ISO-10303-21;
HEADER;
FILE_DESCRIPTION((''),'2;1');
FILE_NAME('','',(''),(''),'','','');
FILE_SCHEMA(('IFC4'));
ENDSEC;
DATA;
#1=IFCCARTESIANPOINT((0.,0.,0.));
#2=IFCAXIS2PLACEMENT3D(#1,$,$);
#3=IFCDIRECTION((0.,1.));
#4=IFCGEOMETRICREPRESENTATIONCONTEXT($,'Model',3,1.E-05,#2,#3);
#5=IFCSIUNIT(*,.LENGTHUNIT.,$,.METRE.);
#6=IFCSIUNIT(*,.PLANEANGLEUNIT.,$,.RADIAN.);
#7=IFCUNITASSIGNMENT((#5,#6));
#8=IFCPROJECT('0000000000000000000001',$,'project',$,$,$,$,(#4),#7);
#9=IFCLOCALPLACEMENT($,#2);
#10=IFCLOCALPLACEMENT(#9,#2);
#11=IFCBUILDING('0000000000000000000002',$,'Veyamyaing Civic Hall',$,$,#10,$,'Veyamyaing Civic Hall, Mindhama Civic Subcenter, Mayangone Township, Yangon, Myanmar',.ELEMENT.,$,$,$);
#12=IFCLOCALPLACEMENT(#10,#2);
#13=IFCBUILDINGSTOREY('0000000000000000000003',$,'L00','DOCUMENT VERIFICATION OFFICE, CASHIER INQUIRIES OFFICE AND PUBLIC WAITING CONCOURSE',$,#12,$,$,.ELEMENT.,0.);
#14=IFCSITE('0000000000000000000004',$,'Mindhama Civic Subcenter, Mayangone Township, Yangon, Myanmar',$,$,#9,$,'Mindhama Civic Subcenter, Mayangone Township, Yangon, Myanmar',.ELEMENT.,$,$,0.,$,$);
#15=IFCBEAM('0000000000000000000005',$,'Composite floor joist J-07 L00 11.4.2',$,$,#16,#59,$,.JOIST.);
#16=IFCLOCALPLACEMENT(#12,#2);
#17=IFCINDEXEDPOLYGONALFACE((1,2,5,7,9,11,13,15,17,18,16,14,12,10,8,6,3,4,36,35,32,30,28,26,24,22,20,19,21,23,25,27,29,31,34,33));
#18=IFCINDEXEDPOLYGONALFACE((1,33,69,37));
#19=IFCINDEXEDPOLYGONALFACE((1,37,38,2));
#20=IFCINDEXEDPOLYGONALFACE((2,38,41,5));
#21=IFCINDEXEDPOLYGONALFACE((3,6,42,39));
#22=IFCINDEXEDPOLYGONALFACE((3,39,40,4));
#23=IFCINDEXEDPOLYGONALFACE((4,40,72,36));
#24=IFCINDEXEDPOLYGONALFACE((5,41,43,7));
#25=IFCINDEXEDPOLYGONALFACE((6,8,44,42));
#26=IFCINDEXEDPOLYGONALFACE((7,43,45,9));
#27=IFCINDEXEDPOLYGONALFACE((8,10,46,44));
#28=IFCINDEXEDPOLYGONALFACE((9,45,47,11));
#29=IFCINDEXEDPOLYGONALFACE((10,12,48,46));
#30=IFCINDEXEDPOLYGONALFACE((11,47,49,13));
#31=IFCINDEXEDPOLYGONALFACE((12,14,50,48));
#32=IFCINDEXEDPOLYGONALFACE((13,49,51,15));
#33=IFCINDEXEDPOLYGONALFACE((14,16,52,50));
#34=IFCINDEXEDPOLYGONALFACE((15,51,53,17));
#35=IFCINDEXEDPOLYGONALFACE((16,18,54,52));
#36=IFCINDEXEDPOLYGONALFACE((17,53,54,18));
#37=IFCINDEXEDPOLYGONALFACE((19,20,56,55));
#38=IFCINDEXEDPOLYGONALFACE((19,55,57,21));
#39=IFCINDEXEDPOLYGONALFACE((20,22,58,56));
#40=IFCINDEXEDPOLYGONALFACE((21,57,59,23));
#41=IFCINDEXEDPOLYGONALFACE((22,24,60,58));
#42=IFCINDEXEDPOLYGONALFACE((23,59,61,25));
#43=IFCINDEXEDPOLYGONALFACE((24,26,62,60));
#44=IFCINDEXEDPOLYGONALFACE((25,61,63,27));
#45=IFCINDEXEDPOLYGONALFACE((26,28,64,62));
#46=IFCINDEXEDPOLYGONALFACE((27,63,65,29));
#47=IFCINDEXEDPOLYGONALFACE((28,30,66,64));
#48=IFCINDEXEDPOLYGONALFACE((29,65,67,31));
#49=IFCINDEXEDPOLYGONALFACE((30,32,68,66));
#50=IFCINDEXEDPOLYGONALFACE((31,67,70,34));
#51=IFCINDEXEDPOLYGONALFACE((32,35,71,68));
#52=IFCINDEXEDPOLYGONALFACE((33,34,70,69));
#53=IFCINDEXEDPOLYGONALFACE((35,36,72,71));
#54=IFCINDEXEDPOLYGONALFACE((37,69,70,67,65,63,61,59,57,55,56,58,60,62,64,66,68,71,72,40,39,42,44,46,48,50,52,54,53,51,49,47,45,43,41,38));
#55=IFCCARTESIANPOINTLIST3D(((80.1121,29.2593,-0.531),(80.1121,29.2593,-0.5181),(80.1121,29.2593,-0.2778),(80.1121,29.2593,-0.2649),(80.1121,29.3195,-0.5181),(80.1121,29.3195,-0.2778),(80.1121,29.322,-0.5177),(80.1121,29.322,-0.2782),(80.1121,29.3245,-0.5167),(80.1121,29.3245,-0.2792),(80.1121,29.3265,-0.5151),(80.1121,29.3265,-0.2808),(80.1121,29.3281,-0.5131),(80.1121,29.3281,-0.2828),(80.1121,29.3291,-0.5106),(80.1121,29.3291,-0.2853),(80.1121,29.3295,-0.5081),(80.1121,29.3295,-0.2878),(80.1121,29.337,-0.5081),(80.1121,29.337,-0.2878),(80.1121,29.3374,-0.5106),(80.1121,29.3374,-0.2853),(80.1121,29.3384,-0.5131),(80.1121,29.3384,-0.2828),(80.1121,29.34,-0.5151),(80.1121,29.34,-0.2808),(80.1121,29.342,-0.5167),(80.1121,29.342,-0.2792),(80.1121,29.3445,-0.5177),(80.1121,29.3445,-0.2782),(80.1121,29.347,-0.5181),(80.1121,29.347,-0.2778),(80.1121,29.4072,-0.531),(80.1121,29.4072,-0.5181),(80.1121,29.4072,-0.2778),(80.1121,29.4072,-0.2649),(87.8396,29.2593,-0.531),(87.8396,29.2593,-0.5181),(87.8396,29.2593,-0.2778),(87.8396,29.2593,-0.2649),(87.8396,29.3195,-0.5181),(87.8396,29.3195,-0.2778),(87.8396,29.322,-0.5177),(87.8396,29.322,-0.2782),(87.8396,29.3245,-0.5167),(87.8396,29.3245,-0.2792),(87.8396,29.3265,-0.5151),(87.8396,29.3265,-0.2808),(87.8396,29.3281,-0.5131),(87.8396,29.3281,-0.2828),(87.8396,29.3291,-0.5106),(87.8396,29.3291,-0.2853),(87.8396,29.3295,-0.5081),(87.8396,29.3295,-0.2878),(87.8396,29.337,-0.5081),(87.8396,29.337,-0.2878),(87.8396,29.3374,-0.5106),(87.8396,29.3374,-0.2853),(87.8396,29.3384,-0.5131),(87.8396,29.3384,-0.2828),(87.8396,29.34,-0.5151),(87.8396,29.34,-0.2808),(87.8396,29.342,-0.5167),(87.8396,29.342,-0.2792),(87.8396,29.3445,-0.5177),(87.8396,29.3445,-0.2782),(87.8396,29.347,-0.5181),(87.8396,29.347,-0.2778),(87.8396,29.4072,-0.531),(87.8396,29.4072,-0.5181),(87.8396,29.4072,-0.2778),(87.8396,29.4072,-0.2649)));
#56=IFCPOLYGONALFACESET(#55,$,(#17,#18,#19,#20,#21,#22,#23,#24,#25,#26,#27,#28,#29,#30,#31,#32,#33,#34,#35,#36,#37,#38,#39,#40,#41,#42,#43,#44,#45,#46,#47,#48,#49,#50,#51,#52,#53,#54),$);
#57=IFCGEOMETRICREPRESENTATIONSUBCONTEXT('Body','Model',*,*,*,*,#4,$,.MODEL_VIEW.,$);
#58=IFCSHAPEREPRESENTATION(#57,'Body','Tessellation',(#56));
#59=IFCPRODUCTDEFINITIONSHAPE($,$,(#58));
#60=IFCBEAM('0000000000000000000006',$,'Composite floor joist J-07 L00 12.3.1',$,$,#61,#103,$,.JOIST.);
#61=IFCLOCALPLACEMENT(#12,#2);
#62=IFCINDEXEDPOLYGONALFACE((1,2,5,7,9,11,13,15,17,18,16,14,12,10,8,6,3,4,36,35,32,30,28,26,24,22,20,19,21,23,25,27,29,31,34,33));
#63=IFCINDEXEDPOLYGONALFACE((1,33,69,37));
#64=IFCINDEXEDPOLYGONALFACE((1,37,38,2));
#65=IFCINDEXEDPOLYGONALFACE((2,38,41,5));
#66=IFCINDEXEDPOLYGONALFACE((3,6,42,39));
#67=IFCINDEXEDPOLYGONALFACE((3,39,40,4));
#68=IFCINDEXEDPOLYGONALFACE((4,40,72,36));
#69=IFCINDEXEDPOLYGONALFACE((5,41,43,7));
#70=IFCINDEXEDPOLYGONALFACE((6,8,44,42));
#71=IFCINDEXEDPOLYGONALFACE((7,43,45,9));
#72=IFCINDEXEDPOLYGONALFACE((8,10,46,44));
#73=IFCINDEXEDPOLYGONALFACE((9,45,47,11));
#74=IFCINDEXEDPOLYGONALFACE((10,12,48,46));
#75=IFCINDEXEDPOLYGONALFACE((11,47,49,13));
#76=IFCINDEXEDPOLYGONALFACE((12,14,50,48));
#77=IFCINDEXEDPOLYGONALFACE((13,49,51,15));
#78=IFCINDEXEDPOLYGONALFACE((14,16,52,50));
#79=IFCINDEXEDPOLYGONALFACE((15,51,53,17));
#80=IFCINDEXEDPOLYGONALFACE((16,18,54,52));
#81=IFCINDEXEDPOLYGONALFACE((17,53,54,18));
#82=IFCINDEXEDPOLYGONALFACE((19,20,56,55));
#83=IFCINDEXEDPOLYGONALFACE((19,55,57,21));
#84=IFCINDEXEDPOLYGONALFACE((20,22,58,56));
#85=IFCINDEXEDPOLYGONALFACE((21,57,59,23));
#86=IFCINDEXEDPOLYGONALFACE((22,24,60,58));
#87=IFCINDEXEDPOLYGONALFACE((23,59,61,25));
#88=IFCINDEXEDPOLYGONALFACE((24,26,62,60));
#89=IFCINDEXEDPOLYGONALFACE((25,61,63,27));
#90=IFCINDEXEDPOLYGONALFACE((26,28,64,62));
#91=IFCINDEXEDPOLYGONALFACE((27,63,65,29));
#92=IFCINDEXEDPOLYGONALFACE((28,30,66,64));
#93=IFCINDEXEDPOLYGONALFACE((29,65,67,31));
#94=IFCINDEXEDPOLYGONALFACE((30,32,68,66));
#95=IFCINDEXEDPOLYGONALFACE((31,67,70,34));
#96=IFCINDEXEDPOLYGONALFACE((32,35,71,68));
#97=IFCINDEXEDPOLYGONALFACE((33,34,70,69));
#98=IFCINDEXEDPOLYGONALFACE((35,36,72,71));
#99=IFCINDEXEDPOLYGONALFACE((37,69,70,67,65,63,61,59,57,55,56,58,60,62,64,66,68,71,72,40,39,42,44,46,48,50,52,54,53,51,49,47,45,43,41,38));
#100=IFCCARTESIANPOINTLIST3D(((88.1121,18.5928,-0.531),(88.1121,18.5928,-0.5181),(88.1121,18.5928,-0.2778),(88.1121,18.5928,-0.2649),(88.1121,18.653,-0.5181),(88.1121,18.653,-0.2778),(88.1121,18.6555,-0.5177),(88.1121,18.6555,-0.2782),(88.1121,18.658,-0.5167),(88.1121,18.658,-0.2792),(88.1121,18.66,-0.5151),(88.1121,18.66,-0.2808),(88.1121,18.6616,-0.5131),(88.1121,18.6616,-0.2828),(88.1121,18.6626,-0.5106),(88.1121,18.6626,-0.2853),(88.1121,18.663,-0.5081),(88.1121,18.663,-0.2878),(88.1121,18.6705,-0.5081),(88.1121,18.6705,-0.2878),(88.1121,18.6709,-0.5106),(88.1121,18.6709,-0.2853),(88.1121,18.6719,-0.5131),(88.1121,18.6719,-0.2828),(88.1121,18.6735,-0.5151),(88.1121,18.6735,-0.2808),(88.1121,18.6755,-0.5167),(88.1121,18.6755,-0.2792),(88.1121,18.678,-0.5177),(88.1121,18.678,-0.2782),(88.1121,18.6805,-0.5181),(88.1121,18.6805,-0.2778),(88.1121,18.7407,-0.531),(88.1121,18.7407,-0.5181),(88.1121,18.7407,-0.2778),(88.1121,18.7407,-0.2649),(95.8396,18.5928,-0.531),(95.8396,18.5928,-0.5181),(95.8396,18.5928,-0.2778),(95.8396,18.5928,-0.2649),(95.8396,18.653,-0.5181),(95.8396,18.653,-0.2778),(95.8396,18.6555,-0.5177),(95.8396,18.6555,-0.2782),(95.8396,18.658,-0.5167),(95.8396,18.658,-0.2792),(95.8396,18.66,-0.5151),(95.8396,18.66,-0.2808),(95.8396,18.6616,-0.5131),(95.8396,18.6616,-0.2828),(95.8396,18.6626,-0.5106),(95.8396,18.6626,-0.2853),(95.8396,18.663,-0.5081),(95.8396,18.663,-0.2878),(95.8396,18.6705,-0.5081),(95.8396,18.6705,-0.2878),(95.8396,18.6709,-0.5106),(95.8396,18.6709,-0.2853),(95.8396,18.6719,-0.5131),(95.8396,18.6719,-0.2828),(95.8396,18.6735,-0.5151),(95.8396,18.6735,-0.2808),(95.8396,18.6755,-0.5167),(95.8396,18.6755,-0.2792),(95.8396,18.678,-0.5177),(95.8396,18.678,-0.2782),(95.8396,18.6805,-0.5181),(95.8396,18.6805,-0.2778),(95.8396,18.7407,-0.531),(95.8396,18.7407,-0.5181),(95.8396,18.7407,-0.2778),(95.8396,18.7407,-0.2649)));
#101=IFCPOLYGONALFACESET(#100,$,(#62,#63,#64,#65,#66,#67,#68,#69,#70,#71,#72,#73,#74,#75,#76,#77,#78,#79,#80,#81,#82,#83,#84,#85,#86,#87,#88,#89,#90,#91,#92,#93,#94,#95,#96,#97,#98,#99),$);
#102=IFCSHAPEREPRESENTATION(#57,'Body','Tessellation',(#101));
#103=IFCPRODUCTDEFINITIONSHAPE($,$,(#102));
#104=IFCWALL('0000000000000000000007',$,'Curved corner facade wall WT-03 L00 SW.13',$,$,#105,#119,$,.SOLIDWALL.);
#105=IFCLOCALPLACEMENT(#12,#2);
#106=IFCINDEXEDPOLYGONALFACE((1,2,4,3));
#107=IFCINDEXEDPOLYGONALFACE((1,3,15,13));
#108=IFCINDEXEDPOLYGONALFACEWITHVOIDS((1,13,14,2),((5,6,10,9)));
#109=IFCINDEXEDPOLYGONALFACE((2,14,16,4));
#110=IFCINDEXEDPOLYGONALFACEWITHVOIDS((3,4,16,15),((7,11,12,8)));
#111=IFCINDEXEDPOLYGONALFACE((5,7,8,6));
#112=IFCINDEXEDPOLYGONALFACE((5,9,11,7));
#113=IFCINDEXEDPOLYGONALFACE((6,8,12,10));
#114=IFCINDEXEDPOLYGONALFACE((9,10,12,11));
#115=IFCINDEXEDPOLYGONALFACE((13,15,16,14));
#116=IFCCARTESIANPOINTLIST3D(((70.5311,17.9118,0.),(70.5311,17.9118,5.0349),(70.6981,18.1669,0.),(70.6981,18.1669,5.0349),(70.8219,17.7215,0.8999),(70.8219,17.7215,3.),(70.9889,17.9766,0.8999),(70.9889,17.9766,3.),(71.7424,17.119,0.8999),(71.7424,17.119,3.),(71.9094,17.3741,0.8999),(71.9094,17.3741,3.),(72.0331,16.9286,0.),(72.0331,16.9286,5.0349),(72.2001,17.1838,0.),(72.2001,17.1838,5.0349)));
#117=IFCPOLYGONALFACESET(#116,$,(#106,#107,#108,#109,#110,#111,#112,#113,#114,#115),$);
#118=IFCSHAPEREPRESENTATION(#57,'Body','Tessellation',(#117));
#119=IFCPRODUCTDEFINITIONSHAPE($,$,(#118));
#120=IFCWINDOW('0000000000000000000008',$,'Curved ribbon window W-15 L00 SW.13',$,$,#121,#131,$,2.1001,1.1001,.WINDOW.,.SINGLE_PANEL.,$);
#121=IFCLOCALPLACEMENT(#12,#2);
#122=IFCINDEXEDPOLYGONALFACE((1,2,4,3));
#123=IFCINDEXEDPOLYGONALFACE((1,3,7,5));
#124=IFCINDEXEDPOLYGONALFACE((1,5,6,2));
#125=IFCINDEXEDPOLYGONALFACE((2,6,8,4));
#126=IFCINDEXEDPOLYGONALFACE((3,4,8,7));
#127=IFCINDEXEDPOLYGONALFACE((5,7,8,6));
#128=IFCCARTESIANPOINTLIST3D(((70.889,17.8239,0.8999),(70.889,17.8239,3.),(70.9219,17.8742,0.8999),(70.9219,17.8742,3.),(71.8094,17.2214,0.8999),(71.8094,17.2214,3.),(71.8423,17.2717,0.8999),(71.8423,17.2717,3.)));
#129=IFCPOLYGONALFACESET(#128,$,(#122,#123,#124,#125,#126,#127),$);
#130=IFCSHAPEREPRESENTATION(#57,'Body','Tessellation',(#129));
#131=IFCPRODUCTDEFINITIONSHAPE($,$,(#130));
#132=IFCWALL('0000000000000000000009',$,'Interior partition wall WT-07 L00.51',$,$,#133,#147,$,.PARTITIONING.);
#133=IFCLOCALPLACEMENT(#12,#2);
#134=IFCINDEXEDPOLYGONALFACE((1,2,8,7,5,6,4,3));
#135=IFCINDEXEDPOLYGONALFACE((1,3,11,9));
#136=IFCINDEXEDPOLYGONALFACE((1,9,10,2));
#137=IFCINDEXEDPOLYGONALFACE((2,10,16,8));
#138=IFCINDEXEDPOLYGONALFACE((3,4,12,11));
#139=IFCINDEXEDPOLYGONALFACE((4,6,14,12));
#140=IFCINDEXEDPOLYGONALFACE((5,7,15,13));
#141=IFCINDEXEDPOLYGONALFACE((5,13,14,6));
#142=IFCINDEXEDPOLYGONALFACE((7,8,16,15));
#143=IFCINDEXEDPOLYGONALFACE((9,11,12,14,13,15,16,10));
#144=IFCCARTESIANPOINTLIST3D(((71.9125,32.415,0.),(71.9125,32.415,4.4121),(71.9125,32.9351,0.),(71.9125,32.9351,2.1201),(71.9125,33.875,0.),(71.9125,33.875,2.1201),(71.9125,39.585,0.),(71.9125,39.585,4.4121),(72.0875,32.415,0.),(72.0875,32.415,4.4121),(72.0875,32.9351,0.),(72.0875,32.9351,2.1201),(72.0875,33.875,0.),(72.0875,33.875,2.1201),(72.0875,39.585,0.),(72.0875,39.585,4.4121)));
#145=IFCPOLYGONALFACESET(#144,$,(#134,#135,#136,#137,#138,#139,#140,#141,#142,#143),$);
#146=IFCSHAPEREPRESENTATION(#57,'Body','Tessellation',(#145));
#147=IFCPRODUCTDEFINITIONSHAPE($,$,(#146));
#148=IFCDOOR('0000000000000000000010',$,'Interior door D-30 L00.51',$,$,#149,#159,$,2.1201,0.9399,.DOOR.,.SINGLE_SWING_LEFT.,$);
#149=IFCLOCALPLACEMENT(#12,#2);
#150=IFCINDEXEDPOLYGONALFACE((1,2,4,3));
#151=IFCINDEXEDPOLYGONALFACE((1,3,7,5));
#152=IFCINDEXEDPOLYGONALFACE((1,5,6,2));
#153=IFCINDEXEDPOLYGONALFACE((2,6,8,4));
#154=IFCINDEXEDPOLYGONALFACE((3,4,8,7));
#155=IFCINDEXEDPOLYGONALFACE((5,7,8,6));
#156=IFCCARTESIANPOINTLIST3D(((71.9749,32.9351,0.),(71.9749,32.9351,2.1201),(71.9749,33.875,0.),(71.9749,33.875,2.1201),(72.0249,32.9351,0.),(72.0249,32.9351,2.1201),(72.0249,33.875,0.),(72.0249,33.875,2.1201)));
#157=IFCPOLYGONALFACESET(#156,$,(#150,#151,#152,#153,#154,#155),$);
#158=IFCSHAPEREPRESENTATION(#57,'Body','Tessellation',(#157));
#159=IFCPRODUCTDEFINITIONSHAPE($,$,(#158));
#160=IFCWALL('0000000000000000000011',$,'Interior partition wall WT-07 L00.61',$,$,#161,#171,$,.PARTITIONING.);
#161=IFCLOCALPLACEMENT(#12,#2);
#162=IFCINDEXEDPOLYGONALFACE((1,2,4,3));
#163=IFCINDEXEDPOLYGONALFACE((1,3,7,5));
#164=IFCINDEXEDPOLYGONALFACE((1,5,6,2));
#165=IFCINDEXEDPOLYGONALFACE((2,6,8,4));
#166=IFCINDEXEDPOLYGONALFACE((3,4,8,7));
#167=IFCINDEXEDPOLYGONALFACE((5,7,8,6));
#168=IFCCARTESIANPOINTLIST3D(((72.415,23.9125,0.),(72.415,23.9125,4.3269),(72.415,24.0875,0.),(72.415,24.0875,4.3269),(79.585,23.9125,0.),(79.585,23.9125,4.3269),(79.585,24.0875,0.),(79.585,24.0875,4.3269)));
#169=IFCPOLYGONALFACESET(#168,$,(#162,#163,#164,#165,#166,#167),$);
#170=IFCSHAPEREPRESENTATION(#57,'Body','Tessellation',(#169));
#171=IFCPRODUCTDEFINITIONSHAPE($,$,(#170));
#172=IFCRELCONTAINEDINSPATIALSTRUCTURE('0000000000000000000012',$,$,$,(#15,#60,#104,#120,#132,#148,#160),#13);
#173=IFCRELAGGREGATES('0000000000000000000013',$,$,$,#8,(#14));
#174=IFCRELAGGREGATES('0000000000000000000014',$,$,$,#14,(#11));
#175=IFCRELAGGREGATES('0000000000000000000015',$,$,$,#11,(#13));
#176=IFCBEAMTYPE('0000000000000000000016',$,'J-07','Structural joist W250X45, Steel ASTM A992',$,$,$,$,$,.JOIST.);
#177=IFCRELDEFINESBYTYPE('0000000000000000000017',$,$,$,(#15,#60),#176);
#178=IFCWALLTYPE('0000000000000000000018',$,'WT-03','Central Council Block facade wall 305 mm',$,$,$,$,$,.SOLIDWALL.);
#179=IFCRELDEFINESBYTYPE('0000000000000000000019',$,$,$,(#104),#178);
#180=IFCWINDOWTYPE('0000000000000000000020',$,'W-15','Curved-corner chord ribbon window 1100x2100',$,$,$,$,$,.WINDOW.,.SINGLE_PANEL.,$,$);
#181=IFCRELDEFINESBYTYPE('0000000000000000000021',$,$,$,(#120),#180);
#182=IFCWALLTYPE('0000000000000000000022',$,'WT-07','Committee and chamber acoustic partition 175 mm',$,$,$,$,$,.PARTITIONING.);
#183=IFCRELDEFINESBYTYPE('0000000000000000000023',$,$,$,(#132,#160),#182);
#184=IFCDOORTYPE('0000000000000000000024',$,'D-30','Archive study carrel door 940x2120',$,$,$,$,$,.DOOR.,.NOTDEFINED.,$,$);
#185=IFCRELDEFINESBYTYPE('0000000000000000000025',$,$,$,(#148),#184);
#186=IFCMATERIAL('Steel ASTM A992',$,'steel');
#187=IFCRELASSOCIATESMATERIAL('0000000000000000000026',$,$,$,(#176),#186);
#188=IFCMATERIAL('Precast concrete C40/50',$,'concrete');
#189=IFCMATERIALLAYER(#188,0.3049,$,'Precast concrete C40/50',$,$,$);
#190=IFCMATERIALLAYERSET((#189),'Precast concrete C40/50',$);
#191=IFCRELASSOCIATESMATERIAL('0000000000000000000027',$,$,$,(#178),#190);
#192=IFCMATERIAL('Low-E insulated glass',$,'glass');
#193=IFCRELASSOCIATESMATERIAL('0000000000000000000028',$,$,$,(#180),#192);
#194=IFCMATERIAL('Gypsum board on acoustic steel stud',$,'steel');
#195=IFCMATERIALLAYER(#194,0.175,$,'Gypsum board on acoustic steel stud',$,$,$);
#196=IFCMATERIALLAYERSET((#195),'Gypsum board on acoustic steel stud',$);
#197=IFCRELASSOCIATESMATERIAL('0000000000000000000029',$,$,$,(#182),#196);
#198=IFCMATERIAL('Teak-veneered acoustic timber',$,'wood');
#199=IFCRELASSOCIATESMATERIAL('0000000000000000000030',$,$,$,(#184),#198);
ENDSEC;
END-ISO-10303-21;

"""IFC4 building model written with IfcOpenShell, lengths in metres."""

from ifc_helpers import new_model, si_unit, direction, frame, frame_2d, origin, origin_2d, place, context, subcontext, project, spatial, rectangle, i_section, extrude, material, layer, layer_set, material_profile, profile_set, type_object, element, fill, save


model = new_model("IFC4")

# Units and contexts
model_context = context("Model", 3, precision=1e-05, world=origin(), true_north=direction((0.0, 1.0)))
body_context = subcontext(model_context, "Body", "Model", "MODEL_VIEW")
ifc_project = project(units=[si_unit("LENGTHUNIT", "METRE"), si_unit("PLANEANGLEUNIT", "RADIAN")], contexts=[model_context])

# Site, building, storey
site_placement = place(None, origin())
site = spatial("IfcSite", under=ifc_project, at=site_placement, Name="Mindhama Civic Subcenter, Mayangone Township, Yangon, Myanmar", LongName="Mindhama Civic Subcenter, Mayangone Township, Yangon, Myanmar", CompositionType="ELEMENT", RefElevation=0.0)
building_placement = place(site_placement, origin())
building = spatial("IfcBuilding", under=site, at=building_placement, Name="Veyamyaing Civic Hall", LongName="Veyamyaing Civic Hall, Mindhama Civic Subcenter, Mayangone Township, Yangon, Myanmar", CompositionType="ELEMENT")
storey_placement = place(building_placement, origin())
storey = spatial("IfcBuildingStorey", under=building, at=storey_placement, Name="L00", Description="DOCUMENT VERIFICATION OFFICE, CASHIER INQUIRIES OFFICE AND PUBLIC WAITING CONCOURSE", CompositionType="ELEMENT", Elevation=0.0)

# Beams
ifc_material_1 = material(Name="Steel ASTM A992", Category="steel")
ifc_material_profile_1 = material_profile(ifc_material_1, i_section(OverallWidth=0.1479, OverallDepth=0.2661, WebThickness=0.0076, FlangeThickness=0.0129, FilletRadius=0.01, at=origin_2d()), Name="W250X45")
ifc_profile_set_1 = profile_set([ifc_material_profile_1], Name="Steel ASTM A992")
beam_type_1 = type_object("IfcBeamType", Name="J-07", Description="Structural joist W250X45, Steel ASTM A992", PredefinedType="JOIST", material=ifc_profile_set_1)
for number, where, z_axis, x_axis, name in (
    (1, (80.1121, 29.3333, -0.3979), (1.0, 0.0, 0.0), (0.0, 1.0, 0.0), "Composite floor joist J-07 L00 11.4.2"),
    (2, (88.1121, 18.6667, -0.3979), (1.0, 0.0, 0.0), (0.0, 1.0, 0.0), "Composite floor joist J-07 L00 12.3.1"),
):
    element("IfcBeam", number, at=place(storey_placement, frame(where, z_axis=z_axis, x_axis=x_axis)), inside=storey, type_object=beam_type_1, Name=name, PredefinedType="JOIST", context=body_context, shape_type="SweptSolid", body=[
        extrude(i_section(OverallWidth=0.1479, OverallDepth=0.2661, WebThickness=0.0076, FlangeThickness=0.0129, FilletRadius=0.01, at=origin_2d()), origin(), (0.0, 0.0, 1.0), 7.7275),
    ])

# Wall, opening, window
ifc_material_2 = material(Name="Precast concrete C40/50", Category="concrete")
ifc_layer_1 = layer(ifc_material_2, 0.3049, Name="Precast concrete C40/50")
ifc_layer_set_1 = layer_set([ifc_layer_1], Name="Precast concrete C40/50")
wall_type_1 = type_object("IfcWallType", Name="WT-03", Description="Central Council Block facade wall 305 mm", PredefinedType="SOLIDWALL", material=ifc_layer_set_1)
wall_1_placement = place(storey_placement, frame((70.6147, 18.0393, 0.0), z_axis=(0.0, 0.0, 1.0), x_axis=(0.836687, -0.547682, 0.0)))
wall_1 = element("IfcWall", 3, at=wall_1_placement, inside=storey, type_object=wall_type_1, Name="Curved corner facade wall WT-03 L00 SW.13", PredefinedType="SOLIDWALL", context=body_context, shape_type="SweptSolid", body=[
    extrude(rectangle(XDim=1.7952, YDim=0.3049, at=frame_2d((0.8975, 0.0))), origin(), (0.0, 0.0, 1.0), 5.0349),
])
opening_1_placement = place(wall_1_placement, frame((0.3474, 0.0, 0.8999)))
opening_1 = element("IfcOpeningElement", 4, at=opening_1_placement, cuts=wall_1, PredefinedType="OPENING", context=body_context, shape_type="SweptSolid", body=[
    extrude(rectangle(XDim=1.1001, YDim=2.1001, at=frame_2d((0.55, 1.05))), frame((0.0, 0.1624, 0.0), z_axis=(0.0, -1.0, 0.0), x_axis=(1.0, 0.0, 0.0)), (0.0, 0.0, 1.0), 0.325),
])
ifc_material_3 = material(Name="Low-E insulated glass", Category="glass")
window_type = type_object("IfcWindowType", Name="W-15", Description="Curved-corner chord ribbon window 1100x2100", PartitioningType="SINGLE_PANEL", PredefinedType="WINDOW", material=ifc_material_3)
window_placement = place(opening_1_placement, origin())
window = element("IfcWindow", 5, at=window_placement, inside=storey, type_object=window_type, Name="Curved ribbon window W-15 L00 SW.13", OverallHeight=2.1001, OverallWidth=1.1001, PartitioningType="SINGLE_PANEL", PredefinedType="WINDOW", context=body_context, shape_type="SweptSolid", body=[
    extrude(rectangle(XDim=1.1001, YDim=2.1001, at=frame_2d((0.55, 1.05))), frame((0.0, 0.03, 0.0), z_axis=(0.0, -1.0, 0.0), x_axis=(1.0, 0.0, 0.0)), (0.0, 0.0, 1.0), 0.0601),
])
fill(opening_1, window)

# Wall, opening, door
ifc_material_4 = material(Name="Gypsum board on acoustic steel stud", Category="steel")
ifc_layer_2 = layer(ifc_material_4, 0.175, Name="Gypsum board on acoustic steel stud")
ifc_layer_set_2 = layer_set([ifc_layer_2], Name="Gypsum board on acoustic steel stud")
wall_type_2 = type_object("IfcWallType", Name="WT-07", Description="Committee and chamber acoustic partition 175 mm", PredefinedType="PARTITIONING", material=ifc_layer_set_2)
wall_2_placement = place(storey_placement, frame((72.0, 32.415, 0.0), z_axis=(0.0, 0.0, 1.0), x_axis=(0.0, 1.0, 0.0)))
wall_2 = element("IfcWall", 6, at=wall_2_placement, inside=storey, type_object=wall_type_2, Name="Interior partition wall WT-07 L00.51", PredefinedType="PARTITIONING", context=body_context, shape_type="SweptSolid", body=[
    extrude(rectangle(XDim=7.1699, YDim=0.175, at=frame_2d((3.585, 0.0))), origin(), (0.0, 0.0, 1.0), 4.4121),
])
opening_2_placement = place(wall_2_placement, frame((0.52, 0.0, 0.0)))
opening_2 = element("IfcOpeningElement", 7, at=opening_2_placement, cuts=wall_2, PredefinedType="OPENING", context=body_context, shape_type="SweptSolid", body=[
    extrude(rectangle(XDim=0.9399, YDim=2.1201, at=frame_2d((0.47, 1.0601))), frame((0.0, 0.0974, 0.0), z_axis=(0.0, -1.0, 0.0), x_axis=(1.0, 0.0, 0.0)), (0.0, 0.0, 1.0), 0.1951),
])
ifc_material_5 = material(Name="Teak-veneered acoustic timber", Category="wood")
door_type = type_object("IfcDoorType", Name="D-30", Description="Archive study carrel door 940x2120", OperationType="NOTDEFINED", PredefinedType="DOOR", material=ifc_material_5)
door_1_placement = place(opening_2_placement, frame((0.9399, 0.0, 0.0), z_axis=(0.0, 0.0, 1.0), x_axis=(-1.0, 0.0, 0.0)))
door_1 = element("IfcDoor", 8, at=door_1_placement, inside=storey, type_object=door_type, Name="Interior door D-30 L00.51", OperationType="SINGLE_SWING_LEFT", OverallHeight=2.1201, OverallWidth=0.9399, PredefinedType="DOOR", context=body_context, shape_type="SweptSolid", body=[
    extrude(rectangle(XDim=0.9399, YDim=2.1201, at=frame_2d((0.47, 1.0601))), frame((0.0, 0.0249, 0.0), z_axis=(0.0, -1.0, 0.0), x_axis=(1.0, 0.0, 0.0)), (0.0, 0.0, 1.0), 0.05),
])
fill(opening_2, door_1)

# Wall
wall_3_placement = place(storey_placement, frame((72.415, 24.0, 0.0), z_axis=(0.0, 0.0, 1.0), x_axis=(1.0, 0.0, 0.0)))
element("IfcWall", 9, at=wall_3_placement, inside=storey, type_object=wall_type_2, Name="Interior partition wall WT-07 L00.61", PredefinedType="PARTITIONING", context=body_context, shape_type="SweptSolid", body=[
    extrude(rectangle(XDim=7.1699, YDim=0.175, at=frame_2d((3.585, 0.0))), origin(), (0.0, 0.0, 1.0), 4.3269),
])

save(model, "model.ifc")
